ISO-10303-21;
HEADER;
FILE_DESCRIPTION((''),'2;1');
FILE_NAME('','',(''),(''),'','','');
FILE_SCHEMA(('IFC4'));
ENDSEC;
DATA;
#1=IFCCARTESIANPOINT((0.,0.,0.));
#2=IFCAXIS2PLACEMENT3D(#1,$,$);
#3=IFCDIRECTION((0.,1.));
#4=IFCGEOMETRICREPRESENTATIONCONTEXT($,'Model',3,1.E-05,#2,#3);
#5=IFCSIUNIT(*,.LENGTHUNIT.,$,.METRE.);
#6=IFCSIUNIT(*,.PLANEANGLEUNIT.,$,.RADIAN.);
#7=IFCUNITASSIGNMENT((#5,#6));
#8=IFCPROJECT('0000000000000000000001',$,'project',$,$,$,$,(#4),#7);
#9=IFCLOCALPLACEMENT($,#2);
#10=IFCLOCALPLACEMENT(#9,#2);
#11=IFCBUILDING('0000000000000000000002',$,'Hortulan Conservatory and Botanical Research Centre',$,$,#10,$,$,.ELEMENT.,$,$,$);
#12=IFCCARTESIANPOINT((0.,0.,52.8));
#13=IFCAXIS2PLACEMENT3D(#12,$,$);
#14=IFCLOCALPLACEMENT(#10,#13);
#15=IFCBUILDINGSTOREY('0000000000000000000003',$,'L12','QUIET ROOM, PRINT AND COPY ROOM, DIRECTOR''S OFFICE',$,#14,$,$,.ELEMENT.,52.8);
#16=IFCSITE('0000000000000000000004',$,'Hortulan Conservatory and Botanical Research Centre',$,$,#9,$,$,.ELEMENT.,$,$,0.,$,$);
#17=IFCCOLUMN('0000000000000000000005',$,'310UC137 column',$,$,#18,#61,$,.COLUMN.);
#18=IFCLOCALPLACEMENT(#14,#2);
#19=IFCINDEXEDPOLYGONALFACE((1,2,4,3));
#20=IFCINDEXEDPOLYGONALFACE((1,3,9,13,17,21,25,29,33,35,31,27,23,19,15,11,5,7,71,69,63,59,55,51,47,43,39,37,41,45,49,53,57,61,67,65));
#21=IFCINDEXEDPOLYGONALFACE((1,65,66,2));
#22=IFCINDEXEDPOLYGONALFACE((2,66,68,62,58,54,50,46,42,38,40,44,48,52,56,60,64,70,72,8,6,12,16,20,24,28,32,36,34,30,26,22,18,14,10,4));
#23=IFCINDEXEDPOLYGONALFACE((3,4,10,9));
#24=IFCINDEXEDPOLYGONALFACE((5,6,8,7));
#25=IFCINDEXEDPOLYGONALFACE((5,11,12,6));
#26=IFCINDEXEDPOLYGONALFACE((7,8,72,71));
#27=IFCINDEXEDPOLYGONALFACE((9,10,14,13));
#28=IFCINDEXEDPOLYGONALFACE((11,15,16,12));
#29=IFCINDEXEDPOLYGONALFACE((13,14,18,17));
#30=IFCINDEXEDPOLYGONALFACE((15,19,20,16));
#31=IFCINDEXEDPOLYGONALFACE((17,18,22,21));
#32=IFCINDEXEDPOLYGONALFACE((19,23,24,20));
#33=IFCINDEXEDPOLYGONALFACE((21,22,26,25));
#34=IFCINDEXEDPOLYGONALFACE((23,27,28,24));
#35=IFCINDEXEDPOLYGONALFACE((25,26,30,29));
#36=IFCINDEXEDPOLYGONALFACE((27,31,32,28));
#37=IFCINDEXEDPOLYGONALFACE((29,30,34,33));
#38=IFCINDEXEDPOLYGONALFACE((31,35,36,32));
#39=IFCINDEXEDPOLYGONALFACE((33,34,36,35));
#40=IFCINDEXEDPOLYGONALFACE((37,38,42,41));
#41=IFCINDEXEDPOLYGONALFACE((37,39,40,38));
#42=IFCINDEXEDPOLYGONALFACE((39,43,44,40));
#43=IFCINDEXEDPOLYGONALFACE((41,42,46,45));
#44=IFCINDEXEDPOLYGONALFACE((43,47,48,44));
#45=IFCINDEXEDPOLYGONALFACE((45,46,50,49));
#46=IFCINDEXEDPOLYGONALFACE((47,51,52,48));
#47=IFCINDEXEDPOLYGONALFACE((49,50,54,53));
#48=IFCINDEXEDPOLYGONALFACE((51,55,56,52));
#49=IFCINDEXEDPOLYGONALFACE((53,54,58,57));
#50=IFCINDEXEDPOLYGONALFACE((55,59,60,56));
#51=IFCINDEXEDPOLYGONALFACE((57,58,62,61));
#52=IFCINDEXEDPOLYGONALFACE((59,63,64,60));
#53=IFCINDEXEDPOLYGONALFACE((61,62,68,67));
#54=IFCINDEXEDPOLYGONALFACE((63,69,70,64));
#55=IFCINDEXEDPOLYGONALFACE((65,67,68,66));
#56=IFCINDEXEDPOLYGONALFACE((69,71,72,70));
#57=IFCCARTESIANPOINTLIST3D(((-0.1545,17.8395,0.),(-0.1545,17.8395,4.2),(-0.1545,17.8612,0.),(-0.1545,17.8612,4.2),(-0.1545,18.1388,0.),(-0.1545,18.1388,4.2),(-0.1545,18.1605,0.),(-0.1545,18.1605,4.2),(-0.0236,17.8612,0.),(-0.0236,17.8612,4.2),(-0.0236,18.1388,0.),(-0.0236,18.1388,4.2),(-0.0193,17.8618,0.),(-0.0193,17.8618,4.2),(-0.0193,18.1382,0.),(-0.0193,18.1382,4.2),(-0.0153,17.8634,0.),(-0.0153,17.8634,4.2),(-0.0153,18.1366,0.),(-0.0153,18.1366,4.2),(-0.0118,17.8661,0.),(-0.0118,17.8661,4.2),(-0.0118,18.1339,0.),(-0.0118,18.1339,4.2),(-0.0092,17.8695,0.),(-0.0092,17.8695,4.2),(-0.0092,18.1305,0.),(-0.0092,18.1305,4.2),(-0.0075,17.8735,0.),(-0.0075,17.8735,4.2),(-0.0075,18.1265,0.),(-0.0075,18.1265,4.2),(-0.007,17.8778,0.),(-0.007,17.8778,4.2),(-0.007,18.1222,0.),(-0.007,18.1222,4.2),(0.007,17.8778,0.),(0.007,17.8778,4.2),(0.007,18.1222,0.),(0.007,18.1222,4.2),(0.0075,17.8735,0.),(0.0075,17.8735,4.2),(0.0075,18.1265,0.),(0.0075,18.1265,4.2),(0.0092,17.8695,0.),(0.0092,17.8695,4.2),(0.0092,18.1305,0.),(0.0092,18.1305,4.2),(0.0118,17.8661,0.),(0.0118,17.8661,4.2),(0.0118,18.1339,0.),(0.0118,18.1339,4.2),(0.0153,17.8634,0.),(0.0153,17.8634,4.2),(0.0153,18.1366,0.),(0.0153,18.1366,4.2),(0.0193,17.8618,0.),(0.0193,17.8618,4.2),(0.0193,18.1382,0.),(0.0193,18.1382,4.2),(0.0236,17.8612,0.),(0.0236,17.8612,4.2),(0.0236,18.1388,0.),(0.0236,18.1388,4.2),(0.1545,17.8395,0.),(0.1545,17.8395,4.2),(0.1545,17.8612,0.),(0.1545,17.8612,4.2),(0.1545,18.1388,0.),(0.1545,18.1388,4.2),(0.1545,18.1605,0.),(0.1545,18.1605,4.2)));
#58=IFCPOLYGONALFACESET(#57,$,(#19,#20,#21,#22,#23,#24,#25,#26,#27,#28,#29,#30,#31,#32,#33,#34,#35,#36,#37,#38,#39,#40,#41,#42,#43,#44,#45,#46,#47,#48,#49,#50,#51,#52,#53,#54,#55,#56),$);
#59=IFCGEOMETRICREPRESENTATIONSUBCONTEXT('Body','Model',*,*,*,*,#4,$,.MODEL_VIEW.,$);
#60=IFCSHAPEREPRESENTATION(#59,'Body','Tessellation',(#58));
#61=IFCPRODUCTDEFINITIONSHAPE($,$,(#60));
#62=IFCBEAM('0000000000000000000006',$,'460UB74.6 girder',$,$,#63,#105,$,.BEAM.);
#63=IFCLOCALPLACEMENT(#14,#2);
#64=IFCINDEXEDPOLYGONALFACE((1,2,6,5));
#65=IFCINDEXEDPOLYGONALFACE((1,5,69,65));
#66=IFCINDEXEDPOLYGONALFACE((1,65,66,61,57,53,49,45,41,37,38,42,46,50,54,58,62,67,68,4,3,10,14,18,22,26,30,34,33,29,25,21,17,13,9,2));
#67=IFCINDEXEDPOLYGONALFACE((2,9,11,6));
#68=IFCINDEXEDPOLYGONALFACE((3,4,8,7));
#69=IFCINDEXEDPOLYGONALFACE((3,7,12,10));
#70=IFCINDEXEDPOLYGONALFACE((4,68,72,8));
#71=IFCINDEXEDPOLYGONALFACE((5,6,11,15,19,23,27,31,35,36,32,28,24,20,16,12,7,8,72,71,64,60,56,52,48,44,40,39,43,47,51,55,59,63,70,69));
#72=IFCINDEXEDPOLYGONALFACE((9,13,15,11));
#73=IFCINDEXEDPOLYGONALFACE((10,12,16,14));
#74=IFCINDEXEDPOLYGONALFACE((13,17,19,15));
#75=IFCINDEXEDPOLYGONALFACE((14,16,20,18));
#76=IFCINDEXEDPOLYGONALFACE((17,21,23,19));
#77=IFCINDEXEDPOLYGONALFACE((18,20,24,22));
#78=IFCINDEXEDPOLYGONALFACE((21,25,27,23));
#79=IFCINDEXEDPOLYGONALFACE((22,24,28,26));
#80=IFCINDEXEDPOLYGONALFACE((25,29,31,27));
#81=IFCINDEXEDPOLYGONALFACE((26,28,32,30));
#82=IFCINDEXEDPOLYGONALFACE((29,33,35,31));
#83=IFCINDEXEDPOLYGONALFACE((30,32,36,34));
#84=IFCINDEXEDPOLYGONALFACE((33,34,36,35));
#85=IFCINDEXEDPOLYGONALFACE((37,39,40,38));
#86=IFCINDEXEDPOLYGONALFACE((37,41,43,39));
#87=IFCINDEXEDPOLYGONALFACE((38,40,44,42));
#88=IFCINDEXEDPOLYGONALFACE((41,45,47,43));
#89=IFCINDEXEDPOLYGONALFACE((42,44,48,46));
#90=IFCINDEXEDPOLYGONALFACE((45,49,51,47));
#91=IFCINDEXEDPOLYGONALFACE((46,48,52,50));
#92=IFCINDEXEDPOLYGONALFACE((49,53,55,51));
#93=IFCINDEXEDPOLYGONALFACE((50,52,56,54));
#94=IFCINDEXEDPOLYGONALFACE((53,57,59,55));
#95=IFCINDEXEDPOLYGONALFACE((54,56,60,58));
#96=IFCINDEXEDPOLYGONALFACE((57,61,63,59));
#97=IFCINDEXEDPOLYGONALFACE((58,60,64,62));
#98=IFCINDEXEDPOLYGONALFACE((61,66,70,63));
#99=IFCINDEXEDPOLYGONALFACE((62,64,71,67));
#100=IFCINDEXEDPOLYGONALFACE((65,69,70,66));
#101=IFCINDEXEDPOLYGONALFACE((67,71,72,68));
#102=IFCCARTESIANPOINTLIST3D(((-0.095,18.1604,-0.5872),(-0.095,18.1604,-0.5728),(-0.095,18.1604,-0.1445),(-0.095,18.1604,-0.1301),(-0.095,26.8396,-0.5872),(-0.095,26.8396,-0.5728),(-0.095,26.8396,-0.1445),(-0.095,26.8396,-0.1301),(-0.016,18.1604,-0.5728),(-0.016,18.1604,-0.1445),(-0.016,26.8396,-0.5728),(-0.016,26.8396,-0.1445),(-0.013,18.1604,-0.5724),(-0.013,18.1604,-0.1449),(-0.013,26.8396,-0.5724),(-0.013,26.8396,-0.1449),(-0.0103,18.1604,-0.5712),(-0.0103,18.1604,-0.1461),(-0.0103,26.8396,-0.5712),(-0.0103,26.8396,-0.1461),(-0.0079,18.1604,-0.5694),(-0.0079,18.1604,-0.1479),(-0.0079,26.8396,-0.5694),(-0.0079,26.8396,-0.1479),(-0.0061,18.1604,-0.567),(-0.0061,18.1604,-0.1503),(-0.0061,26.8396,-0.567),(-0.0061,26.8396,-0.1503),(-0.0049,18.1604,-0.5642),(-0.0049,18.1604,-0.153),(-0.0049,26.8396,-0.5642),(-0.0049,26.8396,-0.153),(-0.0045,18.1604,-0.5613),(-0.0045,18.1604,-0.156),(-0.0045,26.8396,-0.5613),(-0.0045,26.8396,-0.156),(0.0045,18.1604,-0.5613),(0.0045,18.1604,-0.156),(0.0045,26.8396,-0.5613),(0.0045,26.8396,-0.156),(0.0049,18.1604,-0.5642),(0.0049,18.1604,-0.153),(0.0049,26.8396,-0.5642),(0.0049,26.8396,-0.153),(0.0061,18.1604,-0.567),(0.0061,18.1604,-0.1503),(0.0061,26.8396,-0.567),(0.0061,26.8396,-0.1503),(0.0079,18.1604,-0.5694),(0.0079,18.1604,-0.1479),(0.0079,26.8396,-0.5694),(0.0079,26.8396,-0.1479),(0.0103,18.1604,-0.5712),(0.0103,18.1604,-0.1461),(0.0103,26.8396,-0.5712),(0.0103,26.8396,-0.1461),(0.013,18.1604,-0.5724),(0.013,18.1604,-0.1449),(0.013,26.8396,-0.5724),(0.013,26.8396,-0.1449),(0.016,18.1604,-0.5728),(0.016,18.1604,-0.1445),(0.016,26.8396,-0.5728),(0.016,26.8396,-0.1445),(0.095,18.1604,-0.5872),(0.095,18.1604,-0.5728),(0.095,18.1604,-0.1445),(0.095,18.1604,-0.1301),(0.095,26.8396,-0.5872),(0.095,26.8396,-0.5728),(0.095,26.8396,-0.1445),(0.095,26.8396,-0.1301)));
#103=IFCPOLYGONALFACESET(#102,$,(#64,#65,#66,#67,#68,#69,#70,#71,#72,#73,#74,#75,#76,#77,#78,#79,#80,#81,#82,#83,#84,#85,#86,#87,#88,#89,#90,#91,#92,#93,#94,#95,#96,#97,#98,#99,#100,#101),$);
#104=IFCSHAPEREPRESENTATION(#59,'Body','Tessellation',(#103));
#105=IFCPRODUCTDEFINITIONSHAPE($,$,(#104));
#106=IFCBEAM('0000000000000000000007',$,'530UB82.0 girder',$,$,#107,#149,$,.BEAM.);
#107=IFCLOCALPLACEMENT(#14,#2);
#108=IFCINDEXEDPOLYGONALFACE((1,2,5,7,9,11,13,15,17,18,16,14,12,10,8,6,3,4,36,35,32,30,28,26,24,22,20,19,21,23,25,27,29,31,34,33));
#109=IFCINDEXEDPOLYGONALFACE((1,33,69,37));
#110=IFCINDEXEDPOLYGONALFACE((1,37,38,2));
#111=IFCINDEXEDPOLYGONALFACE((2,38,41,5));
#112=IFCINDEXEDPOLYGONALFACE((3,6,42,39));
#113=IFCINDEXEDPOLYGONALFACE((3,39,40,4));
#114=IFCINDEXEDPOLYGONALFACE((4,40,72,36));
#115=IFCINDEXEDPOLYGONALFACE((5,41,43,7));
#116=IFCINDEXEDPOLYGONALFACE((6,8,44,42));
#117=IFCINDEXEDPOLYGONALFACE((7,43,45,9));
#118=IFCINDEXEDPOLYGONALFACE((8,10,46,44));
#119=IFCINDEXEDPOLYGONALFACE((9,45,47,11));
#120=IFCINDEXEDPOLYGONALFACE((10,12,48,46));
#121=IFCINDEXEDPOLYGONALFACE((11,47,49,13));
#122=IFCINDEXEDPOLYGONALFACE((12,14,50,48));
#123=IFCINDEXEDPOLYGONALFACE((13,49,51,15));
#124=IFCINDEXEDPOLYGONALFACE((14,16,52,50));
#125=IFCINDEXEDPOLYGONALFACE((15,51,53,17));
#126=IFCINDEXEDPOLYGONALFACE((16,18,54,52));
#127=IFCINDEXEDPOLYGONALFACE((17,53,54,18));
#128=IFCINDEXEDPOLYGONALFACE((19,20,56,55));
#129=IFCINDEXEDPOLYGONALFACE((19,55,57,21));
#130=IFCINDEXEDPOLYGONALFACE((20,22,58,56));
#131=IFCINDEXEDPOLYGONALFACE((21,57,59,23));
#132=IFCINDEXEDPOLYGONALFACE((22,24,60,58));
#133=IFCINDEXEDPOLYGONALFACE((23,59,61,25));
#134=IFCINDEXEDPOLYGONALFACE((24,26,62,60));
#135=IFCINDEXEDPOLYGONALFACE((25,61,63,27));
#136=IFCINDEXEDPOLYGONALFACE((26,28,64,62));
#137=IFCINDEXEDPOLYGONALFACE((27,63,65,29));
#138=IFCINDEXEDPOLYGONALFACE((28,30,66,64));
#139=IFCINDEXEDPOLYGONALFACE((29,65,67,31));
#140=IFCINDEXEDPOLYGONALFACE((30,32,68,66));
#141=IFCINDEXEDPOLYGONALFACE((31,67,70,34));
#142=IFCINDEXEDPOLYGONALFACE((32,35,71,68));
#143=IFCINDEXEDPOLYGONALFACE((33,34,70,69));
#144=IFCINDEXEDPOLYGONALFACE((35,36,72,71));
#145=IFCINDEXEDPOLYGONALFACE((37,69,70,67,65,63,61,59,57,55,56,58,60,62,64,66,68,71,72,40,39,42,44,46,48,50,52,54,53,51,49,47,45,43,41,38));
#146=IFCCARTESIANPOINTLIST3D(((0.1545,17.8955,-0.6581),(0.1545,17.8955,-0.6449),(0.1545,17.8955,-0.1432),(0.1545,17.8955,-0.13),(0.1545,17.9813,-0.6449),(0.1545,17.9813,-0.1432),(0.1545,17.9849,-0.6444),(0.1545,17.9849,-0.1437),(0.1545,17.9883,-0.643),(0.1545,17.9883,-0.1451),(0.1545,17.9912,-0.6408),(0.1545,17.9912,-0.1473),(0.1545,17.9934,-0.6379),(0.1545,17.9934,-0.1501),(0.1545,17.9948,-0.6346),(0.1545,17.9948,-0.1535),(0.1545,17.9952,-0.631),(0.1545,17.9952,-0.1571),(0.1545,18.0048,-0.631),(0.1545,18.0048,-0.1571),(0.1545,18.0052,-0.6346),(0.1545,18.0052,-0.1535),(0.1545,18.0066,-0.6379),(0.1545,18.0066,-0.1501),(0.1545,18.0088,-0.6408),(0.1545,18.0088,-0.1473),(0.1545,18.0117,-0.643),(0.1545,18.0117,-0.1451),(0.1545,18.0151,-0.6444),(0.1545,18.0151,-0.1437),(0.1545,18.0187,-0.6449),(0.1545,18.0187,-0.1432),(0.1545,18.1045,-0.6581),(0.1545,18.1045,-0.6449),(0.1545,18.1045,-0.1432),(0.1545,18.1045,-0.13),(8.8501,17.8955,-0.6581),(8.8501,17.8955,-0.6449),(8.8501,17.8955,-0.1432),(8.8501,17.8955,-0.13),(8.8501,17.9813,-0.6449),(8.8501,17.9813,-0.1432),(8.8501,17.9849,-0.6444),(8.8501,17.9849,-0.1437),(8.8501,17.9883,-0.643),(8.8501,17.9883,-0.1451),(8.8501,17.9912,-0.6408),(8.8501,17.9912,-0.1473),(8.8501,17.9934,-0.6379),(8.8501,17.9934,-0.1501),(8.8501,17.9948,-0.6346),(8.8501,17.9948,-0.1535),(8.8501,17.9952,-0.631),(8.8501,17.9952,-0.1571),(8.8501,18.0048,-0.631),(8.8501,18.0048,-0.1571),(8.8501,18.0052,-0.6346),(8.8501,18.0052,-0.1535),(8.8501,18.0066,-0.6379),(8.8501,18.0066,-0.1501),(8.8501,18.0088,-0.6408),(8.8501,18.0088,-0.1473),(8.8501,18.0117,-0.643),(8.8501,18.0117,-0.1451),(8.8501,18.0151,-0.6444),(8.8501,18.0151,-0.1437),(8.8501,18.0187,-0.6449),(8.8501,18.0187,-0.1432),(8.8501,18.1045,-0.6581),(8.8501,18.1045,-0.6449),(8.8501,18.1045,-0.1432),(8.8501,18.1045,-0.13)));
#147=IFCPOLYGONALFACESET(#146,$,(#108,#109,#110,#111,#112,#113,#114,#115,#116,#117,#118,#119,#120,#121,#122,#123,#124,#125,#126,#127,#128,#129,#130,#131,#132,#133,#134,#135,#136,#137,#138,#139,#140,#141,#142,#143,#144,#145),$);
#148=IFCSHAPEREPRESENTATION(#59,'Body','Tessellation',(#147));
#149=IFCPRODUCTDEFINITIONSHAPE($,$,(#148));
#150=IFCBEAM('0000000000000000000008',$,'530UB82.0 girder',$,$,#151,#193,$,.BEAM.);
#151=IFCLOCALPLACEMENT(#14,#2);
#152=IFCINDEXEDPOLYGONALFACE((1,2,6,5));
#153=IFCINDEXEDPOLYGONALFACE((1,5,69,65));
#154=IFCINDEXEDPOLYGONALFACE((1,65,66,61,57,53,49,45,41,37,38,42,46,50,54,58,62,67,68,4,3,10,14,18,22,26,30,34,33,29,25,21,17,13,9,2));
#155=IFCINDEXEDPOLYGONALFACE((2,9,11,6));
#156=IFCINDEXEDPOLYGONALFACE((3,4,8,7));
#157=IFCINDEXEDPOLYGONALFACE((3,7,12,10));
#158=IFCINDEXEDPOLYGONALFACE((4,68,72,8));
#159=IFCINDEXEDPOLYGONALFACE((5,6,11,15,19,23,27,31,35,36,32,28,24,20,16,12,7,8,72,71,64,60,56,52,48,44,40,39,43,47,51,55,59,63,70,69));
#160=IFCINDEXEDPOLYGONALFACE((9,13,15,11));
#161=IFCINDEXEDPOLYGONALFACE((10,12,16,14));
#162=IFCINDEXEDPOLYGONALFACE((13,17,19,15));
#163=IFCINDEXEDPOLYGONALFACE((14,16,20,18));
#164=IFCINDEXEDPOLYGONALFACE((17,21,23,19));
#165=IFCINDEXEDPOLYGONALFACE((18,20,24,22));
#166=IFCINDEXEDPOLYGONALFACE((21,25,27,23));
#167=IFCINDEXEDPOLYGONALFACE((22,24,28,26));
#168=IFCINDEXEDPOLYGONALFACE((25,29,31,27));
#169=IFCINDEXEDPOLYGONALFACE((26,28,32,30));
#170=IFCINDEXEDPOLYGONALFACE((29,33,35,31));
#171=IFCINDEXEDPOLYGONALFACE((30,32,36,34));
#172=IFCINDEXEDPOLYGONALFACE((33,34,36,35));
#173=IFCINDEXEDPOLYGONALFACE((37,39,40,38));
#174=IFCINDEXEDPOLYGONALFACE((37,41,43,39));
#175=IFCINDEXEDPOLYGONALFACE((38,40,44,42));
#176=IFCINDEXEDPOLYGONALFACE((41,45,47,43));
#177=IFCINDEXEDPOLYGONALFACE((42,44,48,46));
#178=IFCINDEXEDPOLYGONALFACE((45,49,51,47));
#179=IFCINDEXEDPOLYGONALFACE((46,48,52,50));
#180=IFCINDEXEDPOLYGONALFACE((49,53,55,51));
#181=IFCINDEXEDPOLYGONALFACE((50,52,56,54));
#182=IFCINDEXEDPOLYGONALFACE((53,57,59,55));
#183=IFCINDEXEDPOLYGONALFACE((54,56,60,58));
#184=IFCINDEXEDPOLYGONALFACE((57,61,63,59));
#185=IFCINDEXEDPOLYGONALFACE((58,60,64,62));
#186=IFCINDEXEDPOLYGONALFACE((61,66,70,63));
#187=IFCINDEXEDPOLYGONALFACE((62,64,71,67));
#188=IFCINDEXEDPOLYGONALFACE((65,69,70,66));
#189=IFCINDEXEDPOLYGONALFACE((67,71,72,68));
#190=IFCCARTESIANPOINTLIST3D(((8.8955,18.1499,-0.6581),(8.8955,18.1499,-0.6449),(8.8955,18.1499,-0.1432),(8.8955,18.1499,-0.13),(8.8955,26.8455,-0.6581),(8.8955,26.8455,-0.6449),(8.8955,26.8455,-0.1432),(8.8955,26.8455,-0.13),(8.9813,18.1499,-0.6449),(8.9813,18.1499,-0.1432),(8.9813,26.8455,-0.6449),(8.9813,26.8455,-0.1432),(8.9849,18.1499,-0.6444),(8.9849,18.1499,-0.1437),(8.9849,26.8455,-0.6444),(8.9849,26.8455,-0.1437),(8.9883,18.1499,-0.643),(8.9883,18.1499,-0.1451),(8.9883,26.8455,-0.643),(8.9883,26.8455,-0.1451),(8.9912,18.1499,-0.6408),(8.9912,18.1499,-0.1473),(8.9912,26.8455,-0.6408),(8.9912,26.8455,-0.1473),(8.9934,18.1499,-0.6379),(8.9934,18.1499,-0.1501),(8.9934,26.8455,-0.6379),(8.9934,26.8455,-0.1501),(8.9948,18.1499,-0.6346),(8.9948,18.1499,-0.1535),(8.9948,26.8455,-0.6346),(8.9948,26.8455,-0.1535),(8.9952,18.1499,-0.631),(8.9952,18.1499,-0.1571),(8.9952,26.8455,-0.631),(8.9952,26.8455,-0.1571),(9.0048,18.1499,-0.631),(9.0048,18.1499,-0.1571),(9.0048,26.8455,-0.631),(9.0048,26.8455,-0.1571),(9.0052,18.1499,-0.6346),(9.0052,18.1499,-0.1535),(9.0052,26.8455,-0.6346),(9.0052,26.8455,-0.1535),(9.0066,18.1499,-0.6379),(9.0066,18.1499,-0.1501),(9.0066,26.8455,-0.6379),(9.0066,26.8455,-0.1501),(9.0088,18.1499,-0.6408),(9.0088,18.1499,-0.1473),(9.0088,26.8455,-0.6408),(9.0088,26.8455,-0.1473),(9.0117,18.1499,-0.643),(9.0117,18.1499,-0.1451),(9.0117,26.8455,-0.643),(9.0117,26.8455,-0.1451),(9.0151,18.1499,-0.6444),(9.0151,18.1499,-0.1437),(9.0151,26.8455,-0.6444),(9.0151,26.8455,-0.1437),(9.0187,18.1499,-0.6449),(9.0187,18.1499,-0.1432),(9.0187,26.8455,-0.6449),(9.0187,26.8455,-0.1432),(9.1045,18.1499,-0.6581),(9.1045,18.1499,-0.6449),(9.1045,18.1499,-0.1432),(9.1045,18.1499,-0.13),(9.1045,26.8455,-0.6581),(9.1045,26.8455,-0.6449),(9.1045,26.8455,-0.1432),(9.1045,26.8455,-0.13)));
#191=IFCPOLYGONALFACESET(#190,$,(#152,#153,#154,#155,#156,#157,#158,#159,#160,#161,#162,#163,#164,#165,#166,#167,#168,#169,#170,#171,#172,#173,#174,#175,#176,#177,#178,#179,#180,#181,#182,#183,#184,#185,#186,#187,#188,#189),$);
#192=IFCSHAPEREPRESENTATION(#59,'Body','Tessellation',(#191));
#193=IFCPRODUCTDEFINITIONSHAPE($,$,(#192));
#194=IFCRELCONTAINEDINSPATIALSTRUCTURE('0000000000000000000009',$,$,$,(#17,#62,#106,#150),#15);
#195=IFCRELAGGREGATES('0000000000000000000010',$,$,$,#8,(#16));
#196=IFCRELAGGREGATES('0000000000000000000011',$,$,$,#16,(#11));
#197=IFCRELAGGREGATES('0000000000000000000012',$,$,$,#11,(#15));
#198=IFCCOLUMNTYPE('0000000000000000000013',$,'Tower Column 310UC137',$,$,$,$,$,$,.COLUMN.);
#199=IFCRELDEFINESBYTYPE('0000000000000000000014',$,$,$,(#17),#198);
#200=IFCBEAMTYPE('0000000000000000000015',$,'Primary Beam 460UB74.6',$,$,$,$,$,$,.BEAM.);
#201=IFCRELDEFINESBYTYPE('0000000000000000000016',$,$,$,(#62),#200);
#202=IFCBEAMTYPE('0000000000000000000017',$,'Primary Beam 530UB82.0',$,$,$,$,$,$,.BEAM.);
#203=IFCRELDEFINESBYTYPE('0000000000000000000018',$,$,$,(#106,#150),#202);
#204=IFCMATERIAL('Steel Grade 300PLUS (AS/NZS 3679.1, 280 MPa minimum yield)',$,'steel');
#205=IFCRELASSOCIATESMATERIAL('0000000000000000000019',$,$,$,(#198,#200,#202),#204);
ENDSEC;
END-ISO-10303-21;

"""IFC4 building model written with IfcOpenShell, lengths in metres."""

from ifc_helpers import new_model, si_unit, direction, frame, origin, origin_2d, place, context, subcontext, project, spatial, i_section, extrude, material, material_profile, profile_set, type_object, element, save


model = new_model("IFC4")

# Units and contexts
model_context = context("Model", 3, precision=1e-05, world=origin(), true_north=direction((0.0, 1.0)))
body_context = subcontext(model_context, "Body", "Model", "MODEL_VIEW")
ifc_project = project(units=[si_unit("LENGTHUNIT", "METRE"), si_unit("PLANEANGLEUNIT", "RADIAN")], contexts=[model_context])

# Site, building, storey
site_placement = place(None, origin())
site = spatial("IfcSite", under=ifc_project, at=site_placement, Name="Hortulan Conservatory and Botanical Research Centre", CompositionType="ELEMENT", RefElevation=0.0)
building_placement = place(site_placement, origin())
building = spatial("IfcBuilding", under=site, at=building_placement, Name="Hortulan Conservatory and Botanical Research Centre", CompositionType="ELEMENT")
storey_placement = place(building_placement, frame((0.0, 0.0, 52.8)))
storey = spatial("IfcBuildingStorey", under=building, at=storey_placement, Name="L12", Description="QUIET ROOM, PRINT AND COPY ROOM, DIRECTOR'S OFFICE", CompositionType="ELEMENT", Elevation=52.8)

# Column
ifc_material_1 = material(Name="Steel Grade 300PLUS (AS/NZS 3679.1, 280 MPa minimum yield)", Category="steel")
ifc_material_profile_1 = material_profile(ifc_material_1, i_section(OverallWidth=0.3091, OverallDepth=0.321, WebThickness=0.0139, FlangeThickness=0.0217, FilletRadius=0.0166, at=origin_2d()), Name="310UC137")
ifc_profile_set_1 = profile_set([ifc_material_profile_1], Name="Steel Grade 300PLUS (AS/NZS 3679.1, 280 MPa minimum yield)")
column_type = type_object("IfcColumnType", Name="Tower Column 310UC137", PredefinedType="COLUMN", material=ifc_profile_set_1)
column_placement = place(storey_placement, frame((0.0, 18.0, 0.0), z_axis=(0.0, 0.0, 1.0), x_axis=(1.0, 0.0, 0.0)))
element("IfcColumn", 1, at=column_placement, inside=storey, type_object=column_type, Name="310UC137 column", PredefinedType="COLUMN", context=body_context, shape_type="SweptSolid", body=[
    extrude(i_section(OverallWidth=0.3091, OverallDepth=0.321, WebThickness=0.0139, FlangeThickness=0.0217, FilletRadius=0.0166, at=origin_2d()), origin(), (0.0, 0.0, 1.0), 4.2),
])

# Beams
ifc_material_profile_2 = material_profile(ifc_material_1, i_section(OverallWidth=0.1899, OverallDepth=0.457, WebThickness=0.009, FlangeThickness=0.0144, FilletRadius=0.0115, at=origin_2d()), Name="460UB74.6")
ifc_profile_set_2 = profile_set([ifc_material_profile_2], Name="Steel Grade 300PLUS (AS/NZS 3679.1, 280 MPa minimum yield)")
beam_type_1 = type_object("IfcBeamType", Name="Primary Beam 460UB74.6", PredefinedType="BEAM", material=ifc_profile_set_2)
beam_1_placement = place(storey_placement, frame((0.0, 18.1604, -0.3586), z_axis=(0.0, 1.0, 0.0), x_axis=(-1.0, 0.0, 0.0)))
element("IfcBeam", 2, at=beam_1_placement, inside=storey, type_object=beam_type_1, Name="460UB74.6 girder", PredefinedType="BEAM", context=body_context, shape_type="SweptSolid", body=[
    extrude(i_section(OverallWidth=0.1899, OverallDepth=0.457, WebThickness=0.009, FlangeThickness=0.0144, FilletRadius=0.0115, at=origin_2d()), origin(), (0.0, 0.0, 1.0), 8.6792),
])
ifc_material_profile_3 = material_profile(ifc_material_1, i_section(OverallWidth=0.209, OverallDepth=0.5281, WebThickness=0.0095, FlangeThickness=0.0132, FilletRadius=0.0139, at=origin_2d()), Name="530UB82.0")
ifc_profile_set_3 = profile_set([ifc_material_profile_3], Name="Steel Grade 300PLUS (AS/NZS 3679.1, 280 MPa minimum yield)")
beam_type_2 = type_object("IfcBeamType", Name="Primary Beam 530UB82.0", PredefinedType="BEAM", material=ifc_profile_set_3)
for number, where, z_axis, x_axis, name in (
    (3, (0.1545, 18.0, -0.394), (1.0, 0.0, 0.0), (0.0, 1.0, 0.0), "530UB82.0 girder"),
    (4, (9.0, 18.1499, -0.394), (0.0, 1.0, 0.0), (-1.0, 0.0, 0.0), "530UB82.0 girder"),
):
    element("IfcBeam", number, at=place(storey_placement, frame(where, z_axis=z_axis, x_axis=x_axis)), inside=storey, type_object=beam_type_2, Name=name, PredefinedType="BEAM", context=body_context, shape_type="SweptSolid", body=[
        extrude(i_section(OverallWidth=0.209, OverallDepth=0.5281, WebThickness=0.0095, FlangeThickness=0.0132, FilletRadius=0.0139, at=origin_2d()), origin(), (0.0, 0.0, 1.0), 8.6956),
    ])

save(model, "model.ifc")
